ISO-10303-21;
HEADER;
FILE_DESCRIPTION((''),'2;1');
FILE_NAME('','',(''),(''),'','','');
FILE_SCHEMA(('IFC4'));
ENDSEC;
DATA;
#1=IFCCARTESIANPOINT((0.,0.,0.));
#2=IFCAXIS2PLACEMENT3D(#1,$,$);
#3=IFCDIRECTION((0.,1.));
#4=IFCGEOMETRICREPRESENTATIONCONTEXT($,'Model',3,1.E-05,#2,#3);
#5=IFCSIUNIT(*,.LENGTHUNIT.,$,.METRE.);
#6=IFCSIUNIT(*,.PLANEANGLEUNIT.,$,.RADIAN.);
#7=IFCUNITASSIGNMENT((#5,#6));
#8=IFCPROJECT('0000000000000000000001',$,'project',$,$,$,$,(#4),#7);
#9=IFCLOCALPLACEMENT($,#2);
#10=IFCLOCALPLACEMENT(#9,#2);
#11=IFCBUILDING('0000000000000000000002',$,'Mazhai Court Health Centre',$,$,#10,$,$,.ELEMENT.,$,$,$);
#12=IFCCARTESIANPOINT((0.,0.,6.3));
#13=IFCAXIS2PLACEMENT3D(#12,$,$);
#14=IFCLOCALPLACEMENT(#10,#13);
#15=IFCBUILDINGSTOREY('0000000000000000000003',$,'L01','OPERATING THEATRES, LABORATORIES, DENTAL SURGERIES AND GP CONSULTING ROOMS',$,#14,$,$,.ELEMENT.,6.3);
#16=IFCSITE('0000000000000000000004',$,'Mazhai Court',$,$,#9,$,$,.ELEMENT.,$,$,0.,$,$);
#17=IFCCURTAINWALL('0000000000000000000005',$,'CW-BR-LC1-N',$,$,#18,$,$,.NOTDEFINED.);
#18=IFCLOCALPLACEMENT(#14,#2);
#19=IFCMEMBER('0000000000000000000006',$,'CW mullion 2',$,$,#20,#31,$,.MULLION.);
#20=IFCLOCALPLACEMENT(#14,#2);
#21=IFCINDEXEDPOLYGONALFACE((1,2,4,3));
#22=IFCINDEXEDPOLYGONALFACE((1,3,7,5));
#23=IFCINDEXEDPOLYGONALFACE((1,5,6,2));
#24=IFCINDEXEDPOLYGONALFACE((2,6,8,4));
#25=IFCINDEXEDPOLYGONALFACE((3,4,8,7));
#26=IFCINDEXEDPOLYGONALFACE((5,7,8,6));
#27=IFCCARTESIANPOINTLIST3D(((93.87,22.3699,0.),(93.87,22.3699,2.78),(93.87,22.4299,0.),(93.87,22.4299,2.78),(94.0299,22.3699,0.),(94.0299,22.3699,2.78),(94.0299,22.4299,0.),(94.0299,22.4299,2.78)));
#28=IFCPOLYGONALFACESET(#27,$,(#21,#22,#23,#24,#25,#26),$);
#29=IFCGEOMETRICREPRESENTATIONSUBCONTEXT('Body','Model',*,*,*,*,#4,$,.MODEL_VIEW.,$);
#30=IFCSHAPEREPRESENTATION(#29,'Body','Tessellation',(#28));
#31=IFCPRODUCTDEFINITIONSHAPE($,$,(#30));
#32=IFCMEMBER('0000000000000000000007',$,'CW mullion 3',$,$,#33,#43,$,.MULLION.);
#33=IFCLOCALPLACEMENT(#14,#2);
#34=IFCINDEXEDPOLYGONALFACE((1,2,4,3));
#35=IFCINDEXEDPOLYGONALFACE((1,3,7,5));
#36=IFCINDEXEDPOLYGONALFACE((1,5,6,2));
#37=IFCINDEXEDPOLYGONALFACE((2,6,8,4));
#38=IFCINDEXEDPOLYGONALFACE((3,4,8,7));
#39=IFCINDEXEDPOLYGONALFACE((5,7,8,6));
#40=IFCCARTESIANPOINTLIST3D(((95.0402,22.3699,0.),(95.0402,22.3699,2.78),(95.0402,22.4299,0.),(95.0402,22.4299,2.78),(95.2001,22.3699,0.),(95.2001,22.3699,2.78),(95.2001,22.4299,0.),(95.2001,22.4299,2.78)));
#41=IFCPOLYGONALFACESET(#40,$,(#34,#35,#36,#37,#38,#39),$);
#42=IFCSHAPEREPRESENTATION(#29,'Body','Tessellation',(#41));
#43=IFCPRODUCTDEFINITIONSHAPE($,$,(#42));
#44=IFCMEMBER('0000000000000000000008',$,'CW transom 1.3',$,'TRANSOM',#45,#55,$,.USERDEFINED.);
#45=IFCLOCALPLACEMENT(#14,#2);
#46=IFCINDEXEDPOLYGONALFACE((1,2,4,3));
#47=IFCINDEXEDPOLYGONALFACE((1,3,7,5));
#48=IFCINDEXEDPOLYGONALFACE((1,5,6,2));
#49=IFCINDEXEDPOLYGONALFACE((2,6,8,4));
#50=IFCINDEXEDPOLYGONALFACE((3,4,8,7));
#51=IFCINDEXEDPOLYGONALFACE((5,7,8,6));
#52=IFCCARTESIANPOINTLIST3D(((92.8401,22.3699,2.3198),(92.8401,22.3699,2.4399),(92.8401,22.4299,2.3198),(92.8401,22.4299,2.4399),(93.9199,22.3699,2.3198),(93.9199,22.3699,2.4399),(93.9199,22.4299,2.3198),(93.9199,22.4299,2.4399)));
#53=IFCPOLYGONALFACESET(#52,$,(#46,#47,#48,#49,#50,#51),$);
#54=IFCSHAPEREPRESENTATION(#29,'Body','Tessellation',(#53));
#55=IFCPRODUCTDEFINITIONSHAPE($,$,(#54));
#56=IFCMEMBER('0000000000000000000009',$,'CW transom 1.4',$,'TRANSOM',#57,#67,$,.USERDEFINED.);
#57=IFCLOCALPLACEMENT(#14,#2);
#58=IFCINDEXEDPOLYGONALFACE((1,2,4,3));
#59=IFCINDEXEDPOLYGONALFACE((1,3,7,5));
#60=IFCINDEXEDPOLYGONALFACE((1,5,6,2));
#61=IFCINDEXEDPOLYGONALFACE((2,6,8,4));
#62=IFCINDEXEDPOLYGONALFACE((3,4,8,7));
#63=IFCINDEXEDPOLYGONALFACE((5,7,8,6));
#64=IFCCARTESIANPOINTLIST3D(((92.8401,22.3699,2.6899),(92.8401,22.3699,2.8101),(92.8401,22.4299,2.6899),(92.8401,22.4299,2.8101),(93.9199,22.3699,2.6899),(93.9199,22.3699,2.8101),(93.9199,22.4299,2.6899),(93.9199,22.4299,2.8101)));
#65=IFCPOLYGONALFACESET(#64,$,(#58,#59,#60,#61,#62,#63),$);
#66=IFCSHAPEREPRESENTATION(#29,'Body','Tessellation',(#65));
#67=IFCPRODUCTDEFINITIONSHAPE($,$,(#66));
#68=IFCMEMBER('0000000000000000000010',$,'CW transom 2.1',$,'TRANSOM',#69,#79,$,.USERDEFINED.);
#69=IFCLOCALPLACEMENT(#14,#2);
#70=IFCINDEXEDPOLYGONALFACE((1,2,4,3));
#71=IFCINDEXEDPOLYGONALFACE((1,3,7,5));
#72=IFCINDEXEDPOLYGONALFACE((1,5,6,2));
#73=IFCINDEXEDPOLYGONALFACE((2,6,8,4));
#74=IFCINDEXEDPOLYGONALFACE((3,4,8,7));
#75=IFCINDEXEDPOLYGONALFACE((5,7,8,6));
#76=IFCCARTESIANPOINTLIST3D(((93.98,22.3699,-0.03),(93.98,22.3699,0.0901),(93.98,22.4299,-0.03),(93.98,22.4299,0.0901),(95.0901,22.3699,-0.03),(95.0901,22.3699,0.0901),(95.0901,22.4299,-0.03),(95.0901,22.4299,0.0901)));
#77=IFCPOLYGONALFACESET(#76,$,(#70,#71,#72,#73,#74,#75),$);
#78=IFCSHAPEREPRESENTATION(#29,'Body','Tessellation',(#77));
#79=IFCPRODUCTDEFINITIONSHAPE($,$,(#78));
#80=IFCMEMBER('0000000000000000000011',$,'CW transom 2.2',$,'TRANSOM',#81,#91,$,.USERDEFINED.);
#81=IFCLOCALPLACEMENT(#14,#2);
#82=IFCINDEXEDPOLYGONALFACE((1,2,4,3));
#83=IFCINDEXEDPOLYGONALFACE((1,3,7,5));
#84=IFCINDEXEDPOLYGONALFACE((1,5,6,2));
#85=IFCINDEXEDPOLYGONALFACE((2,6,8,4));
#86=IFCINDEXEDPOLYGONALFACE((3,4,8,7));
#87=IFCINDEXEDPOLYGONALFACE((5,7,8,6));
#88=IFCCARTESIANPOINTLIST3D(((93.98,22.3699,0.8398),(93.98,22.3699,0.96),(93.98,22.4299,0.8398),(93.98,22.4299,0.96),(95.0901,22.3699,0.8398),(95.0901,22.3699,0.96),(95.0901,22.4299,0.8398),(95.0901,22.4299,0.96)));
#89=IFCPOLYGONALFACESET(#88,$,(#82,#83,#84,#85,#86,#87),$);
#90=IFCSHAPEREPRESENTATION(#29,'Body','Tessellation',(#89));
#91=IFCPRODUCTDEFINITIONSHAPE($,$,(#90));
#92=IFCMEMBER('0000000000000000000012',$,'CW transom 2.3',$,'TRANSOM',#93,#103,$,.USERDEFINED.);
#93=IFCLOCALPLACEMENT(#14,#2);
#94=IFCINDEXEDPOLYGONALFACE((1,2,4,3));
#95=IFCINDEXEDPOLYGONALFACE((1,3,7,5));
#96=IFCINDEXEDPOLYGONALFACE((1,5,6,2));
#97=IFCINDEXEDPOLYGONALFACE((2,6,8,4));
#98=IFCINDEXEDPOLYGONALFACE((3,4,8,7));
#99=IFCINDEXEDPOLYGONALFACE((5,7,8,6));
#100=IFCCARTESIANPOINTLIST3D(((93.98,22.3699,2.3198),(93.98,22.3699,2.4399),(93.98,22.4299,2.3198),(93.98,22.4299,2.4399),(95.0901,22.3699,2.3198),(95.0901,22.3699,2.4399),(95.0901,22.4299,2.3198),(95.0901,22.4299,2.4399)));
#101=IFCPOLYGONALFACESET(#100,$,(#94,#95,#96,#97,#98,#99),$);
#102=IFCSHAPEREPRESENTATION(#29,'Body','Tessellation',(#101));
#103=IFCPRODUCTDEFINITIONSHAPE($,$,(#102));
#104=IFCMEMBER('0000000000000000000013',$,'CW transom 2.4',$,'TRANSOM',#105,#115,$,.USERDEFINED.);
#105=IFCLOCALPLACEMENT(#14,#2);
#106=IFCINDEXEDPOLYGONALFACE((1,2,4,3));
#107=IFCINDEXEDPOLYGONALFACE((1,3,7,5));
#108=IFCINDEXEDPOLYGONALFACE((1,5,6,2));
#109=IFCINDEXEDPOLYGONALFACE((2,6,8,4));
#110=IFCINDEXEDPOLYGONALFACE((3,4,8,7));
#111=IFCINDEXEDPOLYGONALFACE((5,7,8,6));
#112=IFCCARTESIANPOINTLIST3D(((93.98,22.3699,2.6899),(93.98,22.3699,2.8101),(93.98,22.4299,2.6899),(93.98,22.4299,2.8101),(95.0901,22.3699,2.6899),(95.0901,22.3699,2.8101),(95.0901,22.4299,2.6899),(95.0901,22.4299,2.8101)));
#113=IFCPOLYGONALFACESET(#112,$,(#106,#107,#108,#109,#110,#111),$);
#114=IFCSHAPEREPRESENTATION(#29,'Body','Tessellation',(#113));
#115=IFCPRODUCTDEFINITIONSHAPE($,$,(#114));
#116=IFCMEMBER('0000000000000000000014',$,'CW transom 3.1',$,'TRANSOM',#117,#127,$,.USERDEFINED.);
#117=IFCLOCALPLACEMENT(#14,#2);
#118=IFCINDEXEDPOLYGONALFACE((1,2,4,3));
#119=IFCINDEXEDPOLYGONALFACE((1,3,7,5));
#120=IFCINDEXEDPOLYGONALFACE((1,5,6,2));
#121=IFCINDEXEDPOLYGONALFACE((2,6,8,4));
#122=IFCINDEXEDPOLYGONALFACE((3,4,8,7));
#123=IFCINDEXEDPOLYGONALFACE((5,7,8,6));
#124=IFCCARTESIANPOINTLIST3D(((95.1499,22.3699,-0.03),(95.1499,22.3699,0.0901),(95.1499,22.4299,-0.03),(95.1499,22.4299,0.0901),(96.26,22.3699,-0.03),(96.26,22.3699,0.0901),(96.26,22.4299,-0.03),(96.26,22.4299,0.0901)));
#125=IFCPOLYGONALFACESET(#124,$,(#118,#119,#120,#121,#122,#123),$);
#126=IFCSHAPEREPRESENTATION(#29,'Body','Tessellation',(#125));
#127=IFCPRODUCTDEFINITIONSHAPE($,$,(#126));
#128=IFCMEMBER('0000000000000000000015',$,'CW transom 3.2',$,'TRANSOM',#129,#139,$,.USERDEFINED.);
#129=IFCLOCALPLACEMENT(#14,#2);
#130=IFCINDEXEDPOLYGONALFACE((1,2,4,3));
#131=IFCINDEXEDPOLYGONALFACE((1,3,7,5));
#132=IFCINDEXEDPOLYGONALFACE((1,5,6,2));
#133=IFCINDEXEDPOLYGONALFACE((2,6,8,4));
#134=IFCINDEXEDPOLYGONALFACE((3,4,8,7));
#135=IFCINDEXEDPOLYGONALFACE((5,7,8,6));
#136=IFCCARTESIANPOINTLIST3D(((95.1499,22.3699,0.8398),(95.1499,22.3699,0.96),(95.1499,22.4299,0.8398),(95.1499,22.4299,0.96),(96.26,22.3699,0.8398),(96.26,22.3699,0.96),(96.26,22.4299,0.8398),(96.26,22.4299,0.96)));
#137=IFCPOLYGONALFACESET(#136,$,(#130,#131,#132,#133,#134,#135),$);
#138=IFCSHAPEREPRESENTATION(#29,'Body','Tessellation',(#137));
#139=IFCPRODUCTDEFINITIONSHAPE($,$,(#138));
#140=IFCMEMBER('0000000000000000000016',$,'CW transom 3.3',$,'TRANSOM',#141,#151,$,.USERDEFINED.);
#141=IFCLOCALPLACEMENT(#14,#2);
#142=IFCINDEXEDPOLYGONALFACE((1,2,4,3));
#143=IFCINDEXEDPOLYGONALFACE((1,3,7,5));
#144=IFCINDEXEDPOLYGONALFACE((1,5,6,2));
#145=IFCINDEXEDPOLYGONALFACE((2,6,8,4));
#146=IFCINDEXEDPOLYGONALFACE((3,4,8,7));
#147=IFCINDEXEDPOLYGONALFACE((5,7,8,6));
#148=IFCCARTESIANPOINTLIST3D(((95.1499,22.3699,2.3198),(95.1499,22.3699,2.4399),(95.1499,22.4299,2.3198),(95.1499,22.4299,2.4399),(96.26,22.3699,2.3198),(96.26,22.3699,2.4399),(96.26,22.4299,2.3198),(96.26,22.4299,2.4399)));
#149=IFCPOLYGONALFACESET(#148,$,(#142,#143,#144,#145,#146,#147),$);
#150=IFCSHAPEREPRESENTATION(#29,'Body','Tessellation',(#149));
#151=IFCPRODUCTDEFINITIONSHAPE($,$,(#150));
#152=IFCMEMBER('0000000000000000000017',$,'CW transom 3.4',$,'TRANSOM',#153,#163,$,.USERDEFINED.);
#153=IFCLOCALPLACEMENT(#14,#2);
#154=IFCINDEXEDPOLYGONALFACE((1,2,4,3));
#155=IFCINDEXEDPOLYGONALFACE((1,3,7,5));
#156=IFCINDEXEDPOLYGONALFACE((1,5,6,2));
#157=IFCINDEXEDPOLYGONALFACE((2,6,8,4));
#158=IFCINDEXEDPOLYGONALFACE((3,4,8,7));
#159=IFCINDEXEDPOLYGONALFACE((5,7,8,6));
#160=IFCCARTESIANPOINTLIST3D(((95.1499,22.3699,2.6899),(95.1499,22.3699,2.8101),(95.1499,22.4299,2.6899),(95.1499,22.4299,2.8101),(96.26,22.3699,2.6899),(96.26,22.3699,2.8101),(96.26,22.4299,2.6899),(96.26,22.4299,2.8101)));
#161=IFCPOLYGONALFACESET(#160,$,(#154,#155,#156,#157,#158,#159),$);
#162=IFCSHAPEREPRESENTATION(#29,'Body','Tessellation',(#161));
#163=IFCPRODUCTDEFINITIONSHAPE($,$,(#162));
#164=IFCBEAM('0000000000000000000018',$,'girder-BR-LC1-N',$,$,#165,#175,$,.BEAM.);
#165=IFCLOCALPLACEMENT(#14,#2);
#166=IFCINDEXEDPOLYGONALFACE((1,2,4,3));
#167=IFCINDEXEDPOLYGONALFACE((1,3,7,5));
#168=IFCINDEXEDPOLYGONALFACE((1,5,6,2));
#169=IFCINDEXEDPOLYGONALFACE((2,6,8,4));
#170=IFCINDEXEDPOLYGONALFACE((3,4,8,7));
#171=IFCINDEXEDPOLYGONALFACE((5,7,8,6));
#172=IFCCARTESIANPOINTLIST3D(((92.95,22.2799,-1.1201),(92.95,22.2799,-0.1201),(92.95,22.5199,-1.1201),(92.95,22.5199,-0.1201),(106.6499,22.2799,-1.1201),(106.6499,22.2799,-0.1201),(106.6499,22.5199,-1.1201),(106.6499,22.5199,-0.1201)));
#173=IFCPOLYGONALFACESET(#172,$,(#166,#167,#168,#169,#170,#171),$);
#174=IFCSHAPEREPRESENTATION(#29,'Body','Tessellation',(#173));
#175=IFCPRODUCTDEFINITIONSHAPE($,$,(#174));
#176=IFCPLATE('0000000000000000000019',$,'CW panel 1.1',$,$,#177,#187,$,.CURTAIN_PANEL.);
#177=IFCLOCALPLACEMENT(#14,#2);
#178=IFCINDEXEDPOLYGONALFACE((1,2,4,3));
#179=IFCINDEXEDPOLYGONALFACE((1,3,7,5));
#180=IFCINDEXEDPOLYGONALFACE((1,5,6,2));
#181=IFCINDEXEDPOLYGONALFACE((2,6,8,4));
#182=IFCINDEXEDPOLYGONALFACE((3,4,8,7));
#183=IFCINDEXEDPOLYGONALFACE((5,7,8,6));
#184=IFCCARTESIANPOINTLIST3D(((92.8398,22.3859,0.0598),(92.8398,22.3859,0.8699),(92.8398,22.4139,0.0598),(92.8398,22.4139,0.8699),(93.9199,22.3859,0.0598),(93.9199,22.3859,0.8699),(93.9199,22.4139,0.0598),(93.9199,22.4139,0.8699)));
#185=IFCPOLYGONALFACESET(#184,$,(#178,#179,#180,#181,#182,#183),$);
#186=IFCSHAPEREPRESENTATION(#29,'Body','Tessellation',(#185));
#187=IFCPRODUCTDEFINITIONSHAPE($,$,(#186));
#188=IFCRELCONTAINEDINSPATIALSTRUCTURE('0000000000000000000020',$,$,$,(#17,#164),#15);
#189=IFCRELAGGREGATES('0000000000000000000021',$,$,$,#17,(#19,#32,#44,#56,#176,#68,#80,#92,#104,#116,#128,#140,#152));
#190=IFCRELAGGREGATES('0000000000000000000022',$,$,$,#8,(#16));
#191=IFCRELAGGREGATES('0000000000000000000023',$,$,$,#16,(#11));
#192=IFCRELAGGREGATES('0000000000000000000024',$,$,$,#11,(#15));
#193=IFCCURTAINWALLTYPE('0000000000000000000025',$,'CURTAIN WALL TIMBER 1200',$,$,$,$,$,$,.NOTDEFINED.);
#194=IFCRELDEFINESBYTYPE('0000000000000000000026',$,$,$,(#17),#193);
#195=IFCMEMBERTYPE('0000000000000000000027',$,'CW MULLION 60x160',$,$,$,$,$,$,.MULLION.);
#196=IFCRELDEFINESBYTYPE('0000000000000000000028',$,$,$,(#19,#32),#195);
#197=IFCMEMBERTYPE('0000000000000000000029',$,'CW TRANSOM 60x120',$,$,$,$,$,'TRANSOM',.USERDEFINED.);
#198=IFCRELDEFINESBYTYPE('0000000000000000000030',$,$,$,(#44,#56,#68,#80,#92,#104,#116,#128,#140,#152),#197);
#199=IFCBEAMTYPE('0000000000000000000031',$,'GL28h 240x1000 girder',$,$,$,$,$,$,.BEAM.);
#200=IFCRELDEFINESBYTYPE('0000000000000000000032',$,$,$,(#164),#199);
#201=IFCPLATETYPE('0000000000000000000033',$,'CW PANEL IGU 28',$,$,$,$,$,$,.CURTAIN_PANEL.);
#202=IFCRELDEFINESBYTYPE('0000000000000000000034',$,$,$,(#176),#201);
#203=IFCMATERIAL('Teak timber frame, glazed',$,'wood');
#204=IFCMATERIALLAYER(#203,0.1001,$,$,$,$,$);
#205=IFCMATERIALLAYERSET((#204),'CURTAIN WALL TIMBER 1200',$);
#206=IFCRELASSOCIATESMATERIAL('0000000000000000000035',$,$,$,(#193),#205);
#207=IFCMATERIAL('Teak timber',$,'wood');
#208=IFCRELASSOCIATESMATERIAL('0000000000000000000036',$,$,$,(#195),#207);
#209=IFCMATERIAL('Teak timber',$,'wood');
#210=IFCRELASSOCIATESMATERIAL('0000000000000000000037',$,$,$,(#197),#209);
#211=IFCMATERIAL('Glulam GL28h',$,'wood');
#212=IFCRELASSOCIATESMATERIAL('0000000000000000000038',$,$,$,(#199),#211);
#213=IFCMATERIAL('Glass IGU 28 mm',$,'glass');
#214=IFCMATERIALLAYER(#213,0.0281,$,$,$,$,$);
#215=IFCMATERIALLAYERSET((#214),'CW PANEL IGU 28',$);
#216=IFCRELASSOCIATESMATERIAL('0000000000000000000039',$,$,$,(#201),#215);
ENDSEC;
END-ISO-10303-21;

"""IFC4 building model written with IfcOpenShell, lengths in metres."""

from ifc_helpers import new_model, si_unit, direction, frame, origin, origin_2d, place, context, subcontext, project, spatial, rectangle, extrude, material, layer, layer_set, material_profile, profile_set, type_object, element, aggregate, save


model = new_model("IFC4")

# Units and contexts
model_context = context("Model", 3, precision=1e-05, world=origin(), true_north=direction((0.0, 1.0)))
body_context = subcontext(model_context, "Body", "Model", "MODEL_VIEW")
ifc_project = project(units=[si_unit("LENGTHUNIT", "METRE"), si_unit("PLANEANGLEUNIT", "RADIAN")], contexts=[model_context])

# Site, building, storey
site_placement = place(None, origin())
site = spatial("IfcSite", under=ifc_project, at=site_placement, Name="Mazhai Court", CompositionType="ELEMENT", RefElevation=0.0)
building_placement = place(site_placement, origin())
building = spatial("IfcBuilding", under=site, at=building_placement, Name="Mazhai Court Health Centre", CompositionType="ELEMENT")
storey_placement = place(building_placement, frame((0.0, 0.0, 6.3)))
storey = spatial("IfcBuildingStorey", under=building, at=storey_placement, Name="L01", Description="OPERATING THEATRES, LABORATORIES, DENTAL SURGERIES AND GP CONSULTING ROOMS", CompositionType="ELEMENT", Elevation=6.3)

# Curtain wall, members
ifc_material_1 = material(Name="Teak timber frame, glazed", Category="wood")
ifc_layer_1 = layer(ifc_material_1, 0.1001)
ifc_layer_set_1 = layer_set([ifc_layer_1], Name="CURTAIN WALL TIMBER 1200")
curtain_wall_type = type_object("IfcCurtainWallType", Name="CURTAIN WALL TIMBER 1200", PredefinedType="NOTDEFINED", material=ifc_layer_set_1)
curtain_wall_placement = place(storey_placement, origin())
curtain_wall = element("IfcCurtainWall", 1, at=curtain_wall_placement, inside=storey, type_object=curtain_wall_type, Name="CW-BR-LC1-N", PredefinedType="NOTDEFINED")
ifc_material_2 = material(Name="Teak timber", Category="wood")
ifc_material_profile_1 = material_profile(ifc_material_2, rectangle(XDim=0.0601, YDim=0.1599, at=origin_2d()), Name="CW MULLION 60x160")
ifc_profile_set_1 = profile_set([ifc_material_profile_1], Name="Teak timber")
member_type_1 = type_object("IfcMemberType", Name="CW MULLION 60x160", PredefinedType="MULLION", material=ifc_profile_set_1)
member_1_placement = place(storey_placement, frame((93.95, 22.3999, 0.0), z_axis=(0.0, 0.0, 1.0), x_axis=(0.0, 1.0, 0.0)))
member_1 = element("IfcMember", 2, at=member_1_placement, type_object=member_type_1, Name="CW mullion 2", PredefinedType="MULLION", context=body_context, shape_type="SweptSolid", body=[
    extrude(rectangle(XDim=0.0601, YDim=0.1599, at=origin_2d()), origin(), (0.0, 0.0, 1.0), 2.78),
])
member_2_placement = place(storey_placement, frame((95.1201, 22.3999, 0.0), z_axis=(0.0, 0.0, 1.0), x_axis=(0.0, 1.0, 0.0)))
member_2 = element("IfcMember", 3, at=member_2_placement, type_object=member_type_1, Name="CW mullion 3", PredefinedType="MULLION", context=body_context, shape_type="SweptSolid", body=[
    extrude(rectangle(XDim=0.0601, YDim=0.1599, at=origin_2d()), origin(), (0.0, 0.0, 1.0), 2.78),
])
ifc_material_3 = material(Name="Teak timber", Category="wood")
ifc_material_profile_2 = material_profile(ifc_material_3, rectangle(XDim=0.0601, YDim=0.1201, at=origin_2d()), Name="CW TRANSOM 60x120")
ifc_profile_set_2 = profile_set([ifc_material_profile_2], Name="Teak timber")
member_type_2 = type_object("IfcMemberType", Name="CW TRANSOM 60x120", ElementType="TRANSOM", PredefinedType="USERDEFINED", material=ifc_profile_set_2)
member_3_placement = place(storey_placement, frame((92.8401, 22.3999, 2.3799), z_axis=(1.0, 0.0, 0.0), x_axis=(0.0, 1.0, 0.0)))
member_3 = element("IfcMember", 4, at=member_3_placement, type_object=member_type_2, Name="CW transom 1.3", ObjectType="TRANSOM", PredefinedType="USERDEFINED", context=body_context, shape_type="SweptSolid", body=[
    extrude(rectangle(XDim=0.0601, YDim=0.1201, at=origin_2d()), origin(), (0.0, 0.0, 1.0), 1.0798),
])
member_4_placement = place(storey_placement, frame((92.8401, 22.3999, 2.75), z_axis=(1.0, 0.0, 0.0), x_axis=(0.0, 1.0, 0.0)))
member_4 = element("IfcMember", 5, at=member_4_placement, type_object=member_type_2, Name="CW transom 1.4", ObjectType="TRANSOM", PredefinedType="USERDEFINED", context=body_context, shape_type="SweptSolid", body=[
    extrude(rectangle(XDim=0.0601, YDim=0.1201, at=origin_2d()), origin(), (0.0, 0.0, 1.0), 1.0798),
])
member_5_placement = place(storey_placement, frame((93.98, 22.3999, 0.03), z_axis=(1.0, 0.0, 0.0), x_axis=(0.0, 1.0, 0.0)))
member_5 = element("IfcMember", 6, at=member_5_placement, type_object=member_type_2, Name="CW transom 2.1", ObjectType="TRANSOM", PredefinedType="USERDEFINED", context=body_context, shape_type="SweptSolid", body=[
    extrude(rectangle(XDim=0.0601, YDim=0.1201, at=origin_2d()), origin(), (0.0, 0.0, 1.0), 1.1101),
])
member_6_placement = place(storey_placement, frame((93.98, 22.3999, 0.8999), z_axis=(1.0, 0.0, 0.0), x_axis=(0.0, 1.0, 0.0)))
member_6 = element("IfcMember", 7, at=member_6_placement, type_object=member_type_2, Name="CW transom 2.2", ObjectType="TRANSOM", PredefinedType="USERDEFINED", context=body_context, shape_type="SweptSolid", body=[
    extrude(rectangle(XDim=0.0601, YDim=0.1201, at=origin_2d()), origin(), (0.0, 0.0, 1.0), 1.1101),
])
member_7_placement = place(storey_placement, frame((93.98, 22.3999, 2.3799), z_axis=(1.0, 0.0, 0.0), x_axis=(0.0, 1.0, 0.0)))
member_7 = element("IfcMember", 8, at=member_7_placement, type_object=member_type_2, Name="CW transom 2.3", ObjectType="TRANSOM", PredefinedType="USERDEFINED", context=body_context, shape_type="SweptSolid", body=[
    extrude(rectangle(XDim=0.0601, YDim=0.1201, at=origin_2d()), origin(), (0.0, 0.0, 1.0), 1.1101),
])
member_8_placement = place(storey_placement, frame((93.98, 22.3999, 2.75), z_axis=(1.0, 0.0, 0.0), x_axis=(0.0, 1.0, 0.0)))
member_8 = element("IfcMember", 9, at=member_8_placement, type_object=member_type_2, Name="CW transom 2.4", ObjectType="TRANSOM", PredefinedType="USERDEFINED", context=body_context, shape_type="SweptSolid", body=[
    extrude(rectangle(XDim=0.0601, YDim=0.1201, at=origin_2d()), origin(), (0.0, 0.0, 1.0), 1.1101),
])
member_9_placement = place(storey_placement, frame((95.1499, 22.3999, 0.03), z_axis=(1.0, 0.0, 0.0), x_axis=(0.0, 1.0, 0.0)))
member_9 = element("IfcMember", 10, at=member_9_placement, type_object=member_type_2, Name="CW transom 3.1", ObjectType="TRANSOM", PredefinedType="USERDEFINED", context=body_context, shape_type="SweptSolid", body=[
    extrude(rectangle(XDim=0.0601, YDim=0.1201, at=origin_2d()), origin(), (0.0, 0.0, 1.0), 1.1101),
])
member_10_placement = place(storey_placement, frame((95.1499, 22.3999, 0.8999), z_axis=(1.0, 0.0, 0.0), x_axis=(0.0, 1.0, 0.0)))
member_10 = element("IfcMember", 11, at=member_10_placement, type_object=member_type_2, Name="CW transom 3.2", ObjectType="TRANSOM", PredefinedType="USERDEFINED", context=body_context, shape_type="SweptSolid", body=[
    extrude(rectangle(XDim=0.0601, YDim=0.1201, at=origin_2d()), origin(), (0.0, 0.0, 1.0), 1.1101),
])
member_11_placement = place(storey_placement, frame((95.1499, 22.3999, 2.3799), z_axis=(1.0, 0.0, 0.0), x_axis=(0.0, 1.0, 0.0)))
member_11 = element("IfcMember", 12, at=member_11_placement, type_object=member_type_2, Name="CW transom 3.3", ObjectType="TRANSOM", PredefinedType="USERDEFINED", context=body_context, shape_type="SweptSolid", body=[
    extrude(rectangle(XDim=0.0601, YDim=0.1201, at=origin_2d()), origin(), (0.0, 0.0, 1.0), 1.1101),
])
member_12_placement = place(storey_placement, frame((95.1499, 22.3999, 2.75), z_axis=(1.0, 0.0, 0.0), x_axis=(0.0, 1.0, 0.0)))
member_12 = element("IfcMember", 13, at=member_12_placement, type_object=member_type_2, Name="CW transom 3.4", ObjectType="TRANSOM", PredefinedType="USERDEFINED", context=body_context, shape_type="SweptSolid", body=[
    extrude(rectangle(XDim=0.0601, YDim=0.1201, at=origin_2d()), origin(), (0.0, 0.0, 1.0), 1.1101),
])

# Beam
ifc_material_4 = material(Name="Glulam GL28h", Category="wood")
ifc_material_profile_3 = material_profile(ifc_material_4, rectangle(XDim=0.24, YDim=1.0, at=origin_2d()), Name="GL28h 240x1000")
ifc_profile_set_3 = profile_set([ifc_material_profile_3], Name="Glulam GL28h")
beam_type = type_object("IfcBeamType", Name="GL28h 240x1000 girder", PredefinedType="BEAM", material=ifc_profile_set_3)
beam_placement = place(storey_placement, frame((92.95, 22.3999, -0.6201), z_axis=(1.0, 0.0, 0.0), x_axis=(0.0, 1.0, 0.0)))
element("IfcBeam", 14, at=beam_placement, inside=storey, type_object=beam_type, Name="girder-BR-LC1-N", PredefinedType="BEAM", context=body_context, shape_type="SweptSolid", body=[
    extrude(rectangle(XDim=0.24, YDim=1.0, at=origin_2d()), origin(), (0.0, 0.0, 1.0), 13.7),
])

# Plate
ifc_material_5 = material(Name="Glass IGU 28 mm", Category="glass")
ifc_layer_2 = layer(ifc_material_5, 0.0281)
ifc_layer_set_2 = layer_set([ifc_layer_2], Name="CW PANEL IGU 28")
plate_type = type_object("IfcPlateType", Name="CW PANEL IGU 28", PredefinedType="CURTAIN_PANEL", material=ifc_layer_set_2)
plate_1_placement = place(storey_placement, frame((93.3799, 22.3999, 0.0598), z_axis=(0.0, 0.0, 1.0), x_axis=(1.0, 0.0, 0.0)))
plate_1 = element("IfcPlate", 15, at=plate_1_placement, type_object=plate_type, Name="CW panel 1.1", PredefinedType="CURTAIN_PANEL", context=body_context, shape_type="SweptSolid", body=[
    extrude(rectangle(XDim=1.0801, YDim=0.0281, at=origin_2d()), origin(), (0.0, 0.0, 1.0), 0.8101),
])
aggregate(curtain_wall, [member_1, member_2, member_3, member_4, plate_1, member_5, member_6, member_7, member_8, member_9, member_10, member_11, member_12])

save(model, "model.ifc")
